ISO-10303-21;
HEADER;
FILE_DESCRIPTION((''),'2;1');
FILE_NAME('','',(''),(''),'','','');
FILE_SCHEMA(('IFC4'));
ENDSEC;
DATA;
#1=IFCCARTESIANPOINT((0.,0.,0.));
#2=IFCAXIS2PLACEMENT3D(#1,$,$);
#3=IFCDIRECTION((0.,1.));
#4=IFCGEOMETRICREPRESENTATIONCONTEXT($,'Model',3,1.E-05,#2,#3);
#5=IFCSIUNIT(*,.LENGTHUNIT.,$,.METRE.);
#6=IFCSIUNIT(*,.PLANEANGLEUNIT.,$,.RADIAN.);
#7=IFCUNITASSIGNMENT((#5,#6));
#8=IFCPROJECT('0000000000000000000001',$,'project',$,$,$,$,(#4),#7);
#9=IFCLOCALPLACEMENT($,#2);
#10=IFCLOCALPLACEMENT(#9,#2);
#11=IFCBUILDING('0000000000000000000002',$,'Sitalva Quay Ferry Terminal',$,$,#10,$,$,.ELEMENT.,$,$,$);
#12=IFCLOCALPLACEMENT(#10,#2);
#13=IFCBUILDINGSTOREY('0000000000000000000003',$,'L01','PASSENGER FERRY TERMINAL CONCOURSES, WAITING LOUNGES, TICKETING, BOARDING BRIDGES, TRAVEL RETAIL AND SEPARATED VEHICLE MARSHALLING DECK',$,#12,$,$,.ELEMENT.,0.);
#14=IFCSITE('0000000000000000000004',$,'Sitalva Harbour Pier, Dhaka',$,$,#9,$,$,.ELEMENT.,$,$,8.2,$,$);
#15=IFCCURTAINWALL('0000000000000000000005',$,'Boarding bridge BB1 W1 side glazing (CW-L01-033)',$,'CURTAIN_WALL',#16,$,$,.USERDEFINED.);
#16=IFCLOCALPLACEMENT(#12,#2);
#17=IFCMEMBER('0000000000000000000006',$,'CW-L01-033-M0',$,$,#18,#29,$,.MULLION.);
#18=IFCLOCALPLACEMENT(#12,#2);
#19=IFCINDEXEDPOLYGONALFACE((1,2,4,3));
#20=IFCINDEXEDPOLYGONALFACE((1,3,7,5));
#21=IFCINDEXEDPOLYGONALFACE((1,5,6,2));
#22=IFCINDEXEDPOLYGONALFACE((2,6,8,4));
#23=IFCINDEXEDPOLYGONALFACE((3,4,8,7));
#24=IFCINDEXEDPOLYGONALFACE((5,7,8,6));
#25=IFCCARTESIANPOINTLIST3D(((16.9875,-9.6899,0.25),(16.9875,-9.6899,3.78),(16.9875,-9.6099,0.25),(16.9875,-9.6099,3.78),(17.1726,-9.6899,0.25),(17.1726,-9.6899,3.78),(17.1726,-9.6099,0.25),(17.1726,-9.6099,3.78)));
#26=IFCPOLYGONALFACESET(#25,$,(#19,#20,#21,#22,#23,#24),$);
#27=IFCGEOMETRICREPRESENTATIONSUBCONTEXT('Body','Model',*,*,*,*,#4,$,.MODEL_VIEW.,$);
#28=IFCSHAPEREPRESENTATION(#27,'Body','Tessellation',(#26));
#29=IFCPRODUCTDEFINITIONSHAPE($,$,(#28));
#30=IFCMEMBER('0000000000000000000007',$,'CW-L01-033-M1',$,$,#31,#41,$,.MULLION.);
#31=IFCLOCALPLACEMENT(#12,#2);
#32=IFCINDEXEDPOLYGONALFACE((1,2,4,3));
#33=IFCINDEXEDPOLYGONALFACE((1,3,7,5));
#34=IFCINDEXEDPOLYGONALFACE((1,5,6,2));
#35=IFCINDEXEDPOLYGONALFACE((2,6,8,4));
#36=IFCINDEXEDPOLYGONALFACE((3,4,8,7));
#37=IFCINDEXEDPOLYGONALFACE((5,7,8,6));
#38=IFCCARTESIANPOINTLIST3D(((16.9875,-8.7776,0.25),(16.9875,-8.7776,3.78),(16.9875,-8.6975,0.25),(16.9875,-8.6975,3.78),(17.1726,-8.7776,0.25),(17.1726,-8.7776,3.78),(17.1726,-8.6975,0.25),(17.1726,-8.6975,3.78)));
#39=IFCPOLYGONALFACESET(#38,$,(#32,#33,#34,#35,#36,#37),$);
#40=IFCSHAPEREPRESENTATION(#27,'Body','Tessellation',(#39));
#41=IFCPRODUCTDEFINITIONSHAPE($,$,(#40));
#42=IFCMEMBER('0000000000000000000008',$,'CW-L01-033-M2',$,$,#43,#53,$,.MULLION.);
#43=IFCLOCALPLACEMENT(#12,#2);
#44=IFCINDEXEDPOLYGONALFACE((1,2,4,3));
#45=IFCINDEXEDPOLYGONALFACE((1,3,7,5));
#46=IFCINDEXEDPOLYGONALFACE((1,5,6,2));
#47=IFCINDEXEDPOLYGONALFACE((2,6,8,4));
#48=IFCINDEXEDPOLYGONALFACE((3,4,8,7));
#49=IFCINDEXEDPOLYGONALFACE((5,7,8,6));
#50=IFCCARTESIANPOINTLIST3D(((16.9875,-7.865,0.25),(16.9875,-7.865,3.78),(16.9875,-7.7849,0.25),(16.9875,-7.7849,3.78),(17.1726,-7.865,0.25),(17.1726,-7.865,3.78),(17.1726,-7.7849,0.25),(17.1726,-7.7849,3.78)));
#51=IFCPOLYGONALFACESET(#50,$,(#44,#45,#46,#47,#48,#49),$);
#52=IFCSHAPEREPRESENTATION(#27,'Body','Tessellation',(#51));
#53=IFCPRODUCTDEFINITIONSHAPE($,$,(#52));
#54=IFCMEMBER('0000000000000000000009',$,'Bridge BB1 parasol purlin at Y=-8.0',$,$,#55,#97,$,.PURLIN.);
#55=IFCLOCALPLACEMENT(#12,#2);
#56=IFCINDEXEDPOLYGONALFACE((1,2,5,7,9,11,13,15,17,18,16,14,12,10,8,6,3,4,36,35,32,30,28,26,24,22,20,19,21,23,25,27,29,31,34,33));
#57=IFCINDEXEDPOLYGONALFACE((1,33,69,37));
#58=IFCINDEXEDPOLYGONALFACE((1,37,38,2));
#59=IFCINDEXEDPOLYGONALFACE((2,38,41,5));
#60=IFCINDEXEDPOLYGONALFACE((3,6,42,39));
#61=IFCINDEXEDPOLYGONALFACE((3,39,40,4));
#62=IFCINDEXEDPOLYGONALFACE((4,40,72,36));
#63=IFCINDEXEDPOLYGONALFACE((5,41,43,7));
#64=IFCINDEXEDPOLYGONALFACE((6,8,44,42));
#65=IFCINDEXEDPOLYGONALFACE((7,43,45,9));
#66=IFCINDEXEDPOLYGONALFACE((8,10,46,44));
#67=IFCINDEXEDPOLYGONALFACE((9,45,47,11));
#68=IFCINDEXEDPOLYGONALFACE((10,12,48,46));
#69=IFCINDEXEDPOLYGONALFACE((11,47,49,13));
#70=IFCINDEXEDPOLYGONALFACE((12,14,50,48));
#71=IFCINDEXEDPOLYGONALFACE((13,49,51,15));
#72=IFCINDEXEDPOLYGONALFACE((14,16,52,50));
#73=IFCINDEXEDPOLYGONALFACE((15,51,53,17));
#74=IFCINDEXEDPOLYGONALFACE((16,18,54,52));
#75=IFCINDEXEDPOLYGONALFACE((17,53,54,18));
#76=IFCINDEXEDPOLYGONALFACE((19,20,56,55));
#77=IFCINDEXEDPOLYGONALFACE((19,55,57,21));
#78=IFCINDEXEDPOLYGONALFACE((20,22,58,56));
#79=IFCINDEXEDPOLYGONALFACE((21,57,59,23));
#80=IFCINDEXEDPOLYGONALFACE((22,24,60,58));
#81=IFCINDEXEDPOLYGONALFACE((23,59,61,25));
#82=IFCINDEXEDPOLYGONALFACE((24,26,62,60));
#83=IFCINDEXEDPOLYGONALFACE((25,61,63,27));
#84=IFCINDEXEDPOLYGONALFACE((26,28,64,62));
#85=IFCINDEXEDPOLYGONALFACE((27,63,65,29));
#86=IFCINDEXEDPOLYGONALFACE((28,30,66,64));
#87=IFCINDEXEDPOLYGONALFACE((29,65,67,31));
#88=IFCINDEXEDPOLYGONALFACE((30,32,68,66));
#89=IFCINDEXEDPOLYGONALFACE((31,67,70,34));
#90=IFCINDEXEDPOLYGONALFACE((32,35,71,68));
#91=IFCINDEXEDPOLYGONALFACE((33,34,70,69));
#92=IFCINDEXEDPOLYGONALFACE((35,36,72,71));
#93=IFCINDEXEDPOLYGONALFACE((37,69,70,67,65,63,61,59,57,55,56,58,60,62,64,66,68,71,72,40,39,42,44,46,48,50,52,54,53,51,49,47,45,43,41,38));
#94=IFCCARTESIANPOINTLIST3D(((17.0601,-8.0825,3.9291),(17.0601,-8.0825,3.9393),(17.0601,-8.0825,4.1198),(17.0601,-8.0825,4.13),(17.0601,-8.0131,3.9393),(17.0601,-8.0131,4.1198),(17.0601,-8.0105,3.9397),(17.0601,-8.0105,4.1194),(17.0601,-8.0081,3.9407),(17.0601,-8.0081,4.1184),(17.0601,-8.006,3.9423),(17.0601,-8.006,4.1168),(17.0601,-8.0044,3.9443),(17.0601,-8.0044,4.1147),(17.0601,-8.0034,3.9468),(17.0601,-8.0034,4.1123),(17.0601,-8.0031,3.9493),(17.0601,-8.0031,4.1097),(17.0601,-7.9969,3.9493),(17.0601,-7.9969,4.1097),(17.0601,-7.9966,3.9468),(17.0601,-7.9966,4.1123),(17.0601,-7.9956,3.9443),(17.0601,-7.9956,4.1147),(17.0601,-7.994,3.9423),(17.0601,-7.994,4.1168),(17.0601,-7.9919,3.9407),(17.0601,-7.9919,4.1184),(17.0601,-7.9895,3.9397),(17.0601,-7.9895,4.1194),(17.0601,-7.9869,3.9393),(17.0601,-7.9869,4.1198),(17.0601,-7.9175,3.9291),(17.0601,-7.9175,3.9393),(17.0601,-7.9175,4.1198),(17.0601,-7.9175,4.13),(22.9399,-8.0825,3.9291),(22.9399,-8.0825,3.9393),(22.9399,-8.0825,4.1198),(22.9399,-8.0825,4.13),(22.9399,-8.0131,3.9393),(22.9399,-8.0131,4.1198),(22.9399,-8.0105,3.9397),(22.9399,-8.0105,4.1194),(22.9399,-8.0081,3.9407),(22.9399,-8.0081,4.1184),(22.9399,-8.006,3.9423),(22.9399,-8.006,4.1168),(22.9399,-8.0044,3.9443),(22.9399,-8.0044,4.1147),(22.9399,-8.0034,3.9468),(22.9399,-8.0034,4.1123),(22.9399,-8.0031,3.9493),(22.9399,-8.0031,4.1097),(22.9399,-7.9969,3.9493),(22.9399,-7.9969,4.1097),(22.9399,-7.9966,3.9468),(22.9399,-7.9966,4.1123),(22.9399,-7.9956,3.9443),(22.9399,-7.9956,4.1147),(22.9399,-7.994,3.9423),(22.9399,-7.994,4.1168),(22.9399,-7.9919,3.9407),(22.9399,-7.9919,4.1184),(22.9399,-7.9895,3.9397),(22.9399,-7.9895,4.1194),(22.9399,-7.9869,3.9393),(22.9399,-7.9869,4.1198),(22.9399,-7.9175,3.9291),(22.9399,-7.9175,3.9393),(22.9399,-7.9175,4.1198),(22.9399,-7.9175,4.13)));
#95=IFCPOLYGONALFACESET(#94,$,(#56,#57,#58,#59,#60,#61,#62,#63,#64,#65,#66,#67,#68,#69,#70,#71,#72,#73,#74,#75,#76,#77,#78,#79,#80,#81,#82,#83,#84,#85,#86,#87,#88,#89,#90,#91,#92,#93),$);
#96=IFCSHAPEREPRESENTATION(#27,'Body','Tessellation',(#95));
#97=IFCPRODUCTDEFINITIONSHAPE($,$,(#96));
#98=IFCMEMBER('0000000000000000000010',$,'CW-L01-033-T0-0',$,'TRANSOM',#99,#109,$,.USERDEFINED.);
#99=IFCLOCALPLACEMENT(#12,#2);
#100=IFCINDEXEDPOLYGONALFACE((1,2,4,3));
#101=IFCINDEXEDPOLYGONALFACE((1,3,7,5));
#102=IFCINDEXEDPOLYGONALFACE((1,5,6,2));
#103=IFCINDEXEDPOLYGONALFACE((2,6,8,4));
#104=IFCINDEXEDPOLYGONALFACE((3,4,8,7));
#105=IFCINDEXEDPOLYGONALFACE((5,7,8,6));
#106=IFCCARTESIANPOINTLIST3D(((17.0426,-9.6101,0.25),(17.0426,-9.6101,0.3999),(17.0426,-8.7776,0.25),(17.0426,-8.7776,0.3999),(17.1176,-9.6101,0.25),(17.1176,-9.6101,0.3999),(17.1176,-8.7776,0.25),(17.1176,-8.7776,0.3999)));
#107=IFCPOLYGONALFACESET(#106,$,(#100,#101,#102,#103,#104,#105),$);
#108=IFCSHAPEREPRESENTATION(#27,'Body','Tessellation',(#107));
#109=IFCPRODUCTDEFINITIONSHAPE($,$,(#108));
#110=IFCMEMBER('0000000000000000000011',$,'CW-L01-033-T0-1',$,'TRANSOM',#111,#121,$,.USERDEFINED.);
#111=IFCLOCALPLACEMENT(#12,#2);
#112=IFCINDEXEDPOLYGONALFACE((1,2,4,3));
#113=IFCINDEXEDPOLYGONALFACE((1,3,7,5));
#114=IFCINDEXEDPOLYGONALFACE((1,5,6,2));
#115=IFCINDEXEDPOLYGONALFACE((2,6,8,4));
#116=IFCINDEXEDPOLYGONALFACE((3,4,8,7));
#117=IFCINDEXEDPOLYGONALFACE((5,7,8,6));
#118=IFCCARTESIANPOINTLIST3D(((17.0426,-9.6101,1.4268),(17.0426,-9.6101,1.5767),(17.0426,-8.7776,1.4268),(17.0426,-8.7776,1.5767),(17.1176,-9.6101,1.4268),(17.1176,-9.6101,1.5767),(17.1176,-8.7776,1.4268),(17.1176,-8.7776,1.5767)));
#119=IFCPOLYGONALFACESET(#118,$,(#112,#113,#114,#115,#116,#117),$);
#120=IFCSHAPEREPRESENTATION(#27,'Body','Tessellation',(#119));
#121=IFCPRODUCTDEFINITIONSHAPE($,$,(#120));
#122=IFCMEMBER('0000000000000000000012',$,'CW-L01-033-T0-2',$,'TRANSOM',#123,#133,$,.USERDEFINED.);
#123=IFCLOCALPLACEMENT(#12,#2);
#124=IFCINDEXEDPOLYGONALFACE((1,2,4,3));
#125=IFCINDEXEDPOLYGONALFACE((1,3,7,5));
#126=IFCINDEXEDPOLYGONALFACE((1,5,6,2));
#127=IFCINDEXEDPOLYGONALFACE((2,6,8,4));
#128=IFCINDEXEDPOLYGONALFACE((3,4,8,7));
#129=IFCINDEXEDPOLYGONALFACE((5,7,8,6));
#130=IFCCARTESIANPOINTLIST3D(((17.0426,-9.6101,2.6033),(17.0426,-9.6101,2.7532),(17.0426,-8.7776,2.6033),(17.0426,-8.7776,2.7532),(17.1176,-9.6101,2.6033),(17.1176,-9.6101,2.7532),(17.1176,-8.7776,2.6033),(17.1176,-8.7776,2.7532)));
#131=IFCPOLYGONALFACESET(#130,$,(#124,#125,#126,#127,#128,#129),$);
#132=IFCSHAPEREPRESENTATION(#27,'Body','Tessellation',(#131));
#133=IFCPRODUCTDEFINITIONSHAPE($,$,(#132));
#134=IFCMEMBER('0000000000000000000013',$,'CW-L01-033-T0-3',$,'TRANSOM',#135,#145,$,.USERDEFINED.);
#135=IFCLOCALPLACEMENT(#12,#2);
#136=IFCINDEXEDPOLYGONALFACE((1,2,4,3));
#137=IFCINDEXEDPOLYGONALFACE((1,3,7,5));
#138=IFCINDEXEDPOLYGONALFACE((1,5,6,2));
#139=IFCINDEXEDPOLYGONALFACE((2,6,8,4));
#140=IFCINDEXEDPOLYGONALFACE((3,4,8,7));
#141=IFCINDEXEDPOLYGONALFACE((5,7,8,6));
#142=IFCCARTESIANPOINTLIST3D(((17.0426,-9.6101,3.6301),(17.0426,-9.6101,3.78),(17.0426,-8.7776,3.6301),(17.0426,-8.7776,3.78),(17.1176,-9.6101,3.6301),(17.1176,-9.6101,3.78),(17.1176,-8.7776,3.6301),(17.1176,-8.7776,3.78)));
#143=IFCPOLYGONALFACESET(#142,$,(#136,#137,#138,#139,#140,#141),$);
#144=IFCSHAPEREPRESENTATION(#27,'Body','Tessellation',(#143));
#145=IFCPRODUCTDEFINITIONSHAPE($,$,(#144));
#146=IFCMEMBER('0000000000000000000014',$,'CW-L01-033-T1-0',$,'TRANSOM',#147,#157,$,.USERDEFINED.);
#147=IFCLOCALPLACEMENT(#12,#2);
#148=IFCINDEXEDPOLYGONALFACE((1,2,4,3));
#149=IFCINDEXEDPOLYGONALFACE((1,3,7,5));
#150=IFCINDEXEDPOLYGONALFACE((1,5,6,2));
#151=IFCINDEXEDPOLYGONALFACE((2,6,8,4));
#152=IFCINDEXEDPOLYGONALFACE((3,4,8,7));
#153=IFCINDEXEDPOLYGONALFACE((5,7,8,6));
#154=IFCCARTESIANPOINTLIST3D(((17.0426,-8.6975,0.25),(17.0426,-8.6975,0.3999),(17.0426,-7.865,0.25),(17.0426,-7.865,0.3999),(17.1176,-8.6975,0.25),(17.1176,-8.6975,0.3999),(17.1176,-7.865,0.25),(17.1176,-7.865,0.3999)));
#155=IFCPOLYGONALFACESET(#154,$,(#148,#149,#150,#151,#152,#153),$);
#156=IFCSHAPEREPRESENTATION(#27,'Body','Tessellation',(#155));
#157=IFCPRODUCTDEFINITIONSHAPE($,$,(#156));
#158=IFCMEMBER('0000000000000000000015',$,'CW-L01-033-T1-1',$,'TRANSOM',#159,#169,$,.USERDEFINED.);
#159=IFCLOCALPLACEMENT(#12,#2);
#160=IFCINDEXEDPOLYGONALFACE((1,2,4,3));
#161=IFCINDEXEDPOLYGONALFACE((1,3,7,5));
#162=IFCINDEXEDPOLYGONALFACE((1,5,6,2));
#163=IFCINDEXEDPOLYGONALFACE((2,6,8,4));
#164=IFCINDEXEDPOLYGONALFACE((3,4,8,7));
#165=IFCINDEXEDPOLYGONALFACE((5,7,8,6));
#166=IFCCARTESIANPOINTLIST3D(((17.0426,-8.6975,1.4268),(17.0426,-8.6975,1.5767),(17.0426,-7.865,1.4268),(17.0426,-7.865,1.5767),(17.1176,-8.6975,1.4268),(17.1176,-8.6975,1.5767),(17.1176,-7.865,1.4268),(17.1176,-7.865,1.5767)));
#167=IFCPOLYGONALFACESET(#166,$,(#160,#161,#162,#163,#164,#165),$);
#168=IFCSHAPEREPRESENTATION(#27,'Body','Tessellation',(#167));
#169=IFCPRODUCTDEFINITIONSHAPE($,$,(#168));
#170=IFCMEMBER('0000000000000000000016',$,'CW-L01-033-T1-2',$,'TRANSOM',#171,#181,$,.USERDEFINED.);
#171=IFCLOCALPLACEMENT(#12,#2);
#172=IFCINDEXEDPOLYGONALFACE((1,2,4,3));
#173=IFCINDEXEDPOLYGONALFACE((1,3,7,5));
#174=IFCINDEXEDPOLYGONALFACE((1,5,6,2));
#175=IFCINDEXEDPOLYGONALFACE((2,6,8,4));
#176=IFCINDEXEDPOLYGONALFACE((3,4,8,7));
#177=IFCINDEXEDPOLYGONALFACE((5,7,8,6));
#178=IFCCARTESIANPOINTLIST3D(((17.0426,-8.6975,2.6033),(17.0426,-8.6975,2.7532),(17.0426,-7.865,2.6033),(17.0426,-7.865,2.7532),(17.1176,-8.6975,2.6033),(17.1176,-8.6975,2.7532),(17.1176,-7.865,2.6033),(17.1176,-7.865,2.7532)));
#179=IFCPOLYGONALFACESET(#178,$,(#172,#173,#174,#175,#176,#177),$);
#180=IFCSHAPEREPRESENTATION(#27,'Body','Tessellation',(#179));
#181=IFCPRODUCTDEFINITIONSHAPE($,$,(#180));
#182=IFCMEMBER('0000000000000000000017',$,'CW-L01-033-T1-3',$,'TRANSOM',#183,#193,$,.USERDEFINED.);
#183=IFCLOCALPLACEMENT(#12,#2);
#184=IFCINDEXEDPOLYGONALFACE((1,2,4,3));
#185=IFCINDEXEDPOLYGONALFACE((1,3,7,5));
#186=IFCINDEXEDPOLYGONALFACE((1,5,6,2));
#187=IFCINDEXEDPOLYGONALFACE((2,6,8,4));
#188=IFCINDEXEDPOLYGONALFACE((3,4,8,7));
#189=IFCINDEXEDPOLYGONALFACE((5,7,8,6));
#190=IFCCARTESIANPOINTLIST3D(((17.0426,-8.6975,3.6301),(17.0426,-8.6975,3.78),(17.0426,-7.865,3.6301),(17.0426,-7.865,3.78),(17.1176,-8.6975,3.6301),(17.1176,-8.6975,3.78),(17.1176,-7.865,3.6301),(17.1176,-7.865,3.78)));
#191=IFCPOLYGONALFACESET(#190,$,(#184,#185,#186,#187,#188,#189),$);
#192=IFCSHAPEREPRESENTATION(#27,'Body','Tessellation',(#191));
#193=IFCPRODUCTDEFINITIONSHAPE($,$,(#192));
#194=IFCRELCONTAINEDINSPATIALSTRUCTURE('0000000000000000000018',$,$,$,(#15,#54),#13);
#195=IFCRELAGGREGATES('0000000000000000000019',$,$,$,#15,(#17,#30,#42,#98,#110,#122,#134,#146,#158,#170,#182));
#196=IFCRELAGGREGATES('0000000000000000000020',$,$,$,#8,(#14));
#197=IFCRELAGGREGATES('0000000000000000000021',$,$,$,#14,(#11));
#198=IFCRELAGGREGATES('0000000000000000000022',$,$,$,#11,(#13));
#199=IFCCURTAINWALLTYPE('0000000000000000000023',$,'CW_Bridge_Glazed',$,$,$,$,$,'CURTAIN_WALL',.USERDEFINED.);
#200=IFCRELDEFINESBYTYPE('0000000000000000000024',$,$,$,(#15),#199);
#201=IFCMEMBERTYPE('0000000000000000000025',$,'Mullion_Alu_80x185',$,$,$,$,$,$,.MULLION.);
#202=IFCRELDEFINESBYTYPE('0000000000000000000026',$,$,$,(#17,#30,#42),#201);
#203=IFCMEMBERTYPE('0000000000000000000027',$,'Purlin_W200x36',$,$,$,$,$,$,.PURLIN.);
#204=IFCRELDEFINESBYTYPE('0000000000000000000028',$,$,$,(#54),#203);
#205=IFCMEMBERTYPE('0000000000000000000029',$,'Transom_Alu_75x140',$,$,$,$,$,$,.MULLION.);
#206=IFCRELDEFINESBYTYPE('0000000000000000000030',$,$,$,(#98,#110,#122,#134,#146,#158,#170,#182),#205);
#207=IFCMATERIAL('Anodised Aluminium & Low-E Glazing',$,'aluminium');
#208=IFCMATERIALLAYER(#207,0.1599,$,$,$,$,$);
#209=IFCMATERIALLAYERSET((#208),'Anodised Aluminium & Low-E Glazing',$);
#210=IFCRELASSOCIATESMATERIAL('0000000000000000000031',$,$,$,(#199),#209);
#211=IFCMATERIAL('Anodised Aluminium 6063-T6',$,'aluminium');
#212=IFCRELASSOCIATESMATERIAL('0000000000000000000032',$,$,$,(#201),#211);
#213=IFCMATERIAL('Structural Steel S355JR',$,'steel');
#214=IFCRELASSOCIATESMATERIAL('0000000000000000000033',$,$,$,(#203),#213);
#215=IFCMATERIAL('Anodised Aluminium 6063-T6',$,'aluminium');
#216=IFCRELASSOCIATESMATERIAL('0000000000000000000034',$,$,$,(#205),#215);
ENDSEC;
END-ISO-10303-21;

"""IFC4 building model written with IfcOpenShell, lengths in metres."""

from ifc_helpers import new_model, si_unit, direction, frame, origin, origin_2d, place, context, subcontext, project, spatial, rectangle, i_section, extrude, material, layer, layer_set, material_profile, profile_set, type_object, element, aggregate, save


model = new_model("IFC4")

# Units and contexts
model_context = context("Model", 3, precision=1e-05, world=origin(), true_north=direction((0.0, 1.0)))
body_context = subcontext(model_context, "Body", "Model", "MODEL_VIEW")
ifc_project = project(units=[si_unit("LENGTHUNIT", "METRE"), si_unit("PLANEANGLEUNIT", "RADIAN")], contexts=[model_context])

# Site, building, storey
site_placement = place(None, origin())
site = spatial("IfcSite", under=ifc_project, at=site_placement, Name="Sitalva Harbour Pier, Dhaka", CompositionType="ELEMENT", RefElevation=8.2)
building_placement = place(site_placement, origin())
building = spatial("IfcBuilding", under=site, at=building_placement, Name="Sitalva Quay Ferry Terminal", CompositionType="ELEMENT")
storey_placement = place(building_placement, origin())
storey = spatial("IfcBuildingStorey", under=building, at=storey_placement, Name="L01", Description="PASSENGER FERRY TERMINAL CONCOURSES, WAITING LOUNGES, TICKETING, BOARDING BRIDGES, TRAVEL RETAIL AND SEPARATED VEHICLE MARSHALLING DECK", CompositionType="ELEMENT", Elevation=0.0)

# Curtain wall, members
ifc_material_1 = material(Name="Anodised Aluminium & Low-E Glazing", Category="aluminium")
ifc_layer_1 = layer(ifc_material_1, 0.1599)
ifc_layer_set_1 = layer_set([ifc_layer_1], Name="Anodised Aluminium & Low-E Glazing")
curtain_wall_type = type_object("IfcCurtainWallType", Name="CW_Bridge_Glazed", ElementType="CURTAIN_WALL", PredefinedType="USERDEFINED", material=ifc_layer_set_1)
curtain_wall_placement = place(storey_placement, origin())
curtain_wall = element("IfcCurtainWall", 1, at=curtain_wall_placement, inside=storey, type_object=curtain_wall_type, Name="Boarding bridge BB1 W1 side glazing (CW-L01-033)", ObjectType="CURTAIN_WALL", PredefinedType="USERDEFINED")
ifc_material_2 = material(Name="Anodised Aluminium 6063-T6", Category="aluminium")
ifc_material_profile_1 = material_profile(ifc_material_2, rectangle(XDim=0.0801, YDim=0.1851, at=origin_2d()), Name="ALU80x185")
ifc_profile_set_1 = profile_set([ifc_material_profile_1], Name="Anodised Aluminium 6063-T6")
member_type_1 = type_object("IfcMemberType", Name="Mullion_Alu_80x185", PredefinedType="MULLION", material=ifc_profile_set_1)
member_1_placement = place(storey_placement, frame((17.0801, -9.6499, 0.25), z_axis=(0.0, 0.0, 1.0), x_axis=(0.0, 1.0, 0.0)))
member_1 = element("IfcMember", 2, at=member_1_placement, type_object=member_type_1, Name="CW-L01-033-M0", PredefinedType="MULLION", context=body_context, shape_type="SweptSolid", body=[
    extrude(rectangle(XDim=0.0801, YDim=0.1851, at=origin_2d()), origin(), (0.0, 0.0, 1.0), 3.53),
])
member_2_placement = place(storey_placement, frame((17.0801, -8.7375, 0.25), z_axis=(0.0, 0.0, 1.0), x_axis=(0.0, 1.0, 0.0)))
member_2 = element("IfcMember", 3, at=member_2_placement, type_object=member_type_1, Name="CW-L01-033-M1", PredefinedType="MULLION", context=body_context, shape_type="SweptSolid", body=[
    extrude(rectangle(XDim=0.0801, YDim=0.1851, at=origin_2d()), origin(), (0.0, 0.0, 1.0), 3.53),
])
member_3_placement = place(storey_placement, frame((17.0801, -7.825, 0.25), z_axis=(0.0, 0.0, 1.0), x_axis=(0.0, 1.0, 0.0)))
member_3 = element("IfcMember", 4, at=member_3_placement, type_object=member_type_1, Name="CW-L01-033-M2", PredefinedType="MULLION", context=body_context, shape_type="SweptSolid", body=[
    extrude(rectangle(XDim=0.0801, YDim=0.1851, at=origin_2d()), origin(), (0.0, 0.0, 1.0), 3.53),
])

# Members
ifc_material_3 = material(Name="Structural Steel S355JR", Category="steel")
ifc_material_profile_2 = material_profile(ifc_material_3, i_section(OverallWidth=0.165, OverallDepth=0.2009, WebThickness=0.0061, FlangeThickness=0.0103, FilletRadius=0.01, at=origin_2d()), Name="W200x36")
ifc_profile_set_2 = profile_set([ifc_material_profile_2], Name="Structural Steel S355JR")
member_type_2 = type_object("IfcMemberType", Name="Purlin_W200x36", PredefinedType="PURLIN", material=ifc_profile_set_2)
member_4_placement = place(storey_placement, frame((17.0601, -8.0, 4.0295), z_axis=(1.0, 0.0, 0.0), x_axis=(0.0, 1.0, 0.0)))
element("IfcMember", 5, at=member_4_placement, inside=storey, type_object=member_type_2, Name="Bridge BB1 parasol purlin at Y=-8.0", PredefinedType="PURLIN", context=body_context, shape_type="SweptSolid", body=[
    extrude(i_section(OverallWidth=0.165, OverallDepth=0.2009, WebThickness=0.0061, FlangeThickness=0.0103, FilletRadius=0.01, at=origin_2d()), origin(), (0.0, 0.0, 1.0), 5.8799),
])
ifc_material_4 = material(Name="Anodised Aluminium 6063-T6", Category="aluminium")
ifc_material_profile_3 = material_profile(ifc_material_4, rectangle(XDim=0.075, YDim=0.1499, at=origin_2d()), Name="ALU75x150")
ifc_profile_set_3 = profile_set([ifc_material_profile_3], Name="Anodised Aluminium 6063-T6")
member_type_3 = type_object("IfcMemberType", Name="Transom_Alu_75x140", PredefinedType="MULLION", material=ifc_profile_set_3)
member_5_placement = place(storey_placement, frame((17.0801, -9.6101, 0.325), z_axis=(0.0, 1.0, 0.0), x_axis=(-1.0, 0.0, 0.0)))
member_5 = element("IfcMember", 6, at=member_5_placement, type_object=member_type_3, Name="CW-L01-033-T0-0", ObjectType="TRANSOM", PredefinedType="USERDEFINED", context=body_context, shape_type="SweptSolid", body=[
    extrude(rectangle(XDim=0.075, YDim=0.1499, at=origin_2d()), origin(), (0.0, 0.0, 1.0), 0.8325),
])
member_6_placement = place(storey_placement, frame((17.0801, -9.6101, 1.5017), z_axis=(0.0, 1.0, 0.0), x_axis=(-1.0, 0.0, 0.0)))
member_6 = element("IfcMember", 7, at=member_6_placement, type_object=member_type_3, Name="CW-L01-033-T0-1", ObjectType="TRANSOM", PredefinedType="USERDEFINED", context=body_context, shape_type="SweptSolid", body=[
    extrude(rectangle(XDim=0.075, YDim=0.1499, at=origin_2d()), origin(), (0.0, 0.0, 1.0), 0.8325),
])
member_7_placement = place(storey_placement, frame((17.0801, -9.6101, 2.6782), z_axis=(0.0, 1.0, 0.0), x_axis=(-1.0, 0.0, 0.0)))
member_7 = element("IfcMember", 8, at=member_7_placement, type_object=member_type_3, Name="CW-L01-033-T0-2", ObjectType="TRANSOM", PredefinedType="USERDEFINED", context=body_context, shape_type="SweptSolid", body=[
    extrude(rectangle(XDim=0.075, YDim=0.1499, at=origin_2d()), origin(), (0.0, 0.0, 1.0), 0.8325),
])
member_8_placement = place(storey_placement, frame((17.0801, -9.6101, 3.7051), z_axis=(0.0, 1.0, 0.0), x_axis=(-1.0, 0.0, 0.0)))
member_8 = element("IfcMember", 9, at=member_8_placement, type_object=member_type_3, Name="CW-L01-033-T0-3", ObjectType="TRANSOM", PredefinedType="USERDEFINED", context=body_context, shape_type="SweptSolid", body=[
    extrude(rectangle(XDim=0.075, YDim=0.1499, at=origin_2d()), origin(), (0.0, 0.0, 1.0), 0.8325),
])
member_9_placement = place(storey_placement, frame((17.0801, -8.6975, 0.325), z_axis=(0.0, 1.0, 0.0), x_axis=(-1.0, 0.0, 0.0)))
member_9 = element("IfcMember", 10, at=member_9_placement, type_object=member_type_3, Name="CW-L01-033-T1-0", ObjectType="TRANSOM", PredefinedType="USERDEFINED", context=body_context, shape_type="SweptSolid", body=[
    extrude(rectangle(XDim=0.075, YDim=0.1499, at=origin_2d()), origin(), (0.0, 0.0, 1.0), 0.8325),
])
member_10_placement = place(storey_placement, frame((17.0801, -8.6975, 1.5017), z_axis=(0.0, 1.0, 0.0), x_axis=(-1.0, 0.0, 0.0)))
member_10 = element("IfcMember", 11, at=member_10_placement, type_object=member_type_3, Name="CW-L01-033-T1-1", ObjectType="TRANSOM", PredefinedType="USERDEFINED", context=body_context, shape_type="SweptSolid", body=[
    extrude(rectangle(XDim=0.075, YDim=0.1499, at=origin_2d()), origin(), (0.0, 0.0, 1.0), 0.8325),
])
member_11_placement = place(storey_placement, frame((17.0801, -8.6975, 2.6782), z_axis=(0.0, 1.0, 0.0), x_axis=(-1.0, 0.0, 0.0)))
member_11 = element("IfcMember", 12, at=member_11_placement, type_object=member_type_3, Name="CW-L01-033-T1-2", ObjectType="TRANSOM", PredefinedType="USERDEFINED", context=body_context, shape_type="SweptSolid", body=[
    extrude(rectangle(XDim=0.075, YDim=0.1499, at=origin_2d()), origin(), (0.0, 0.0, 1.0), 0.8325),
])
member_12_placement = place(storey_placement, frame((17.0801, -8.6975, 3.7051), z_axis=(0.0, 1.0, 0.0), x_axis=(-1.0, 0.0, 0.0)))
member_12 = element("IfcMember", 13, at=member_12_placement, type_object=member_type_3, Name="CW-L01-033-T1-3", ObjectType="TRANSOM", PredefinedType="USERDEFINED", context=body_context, shape_type="SweptSolid", body=[
    extrude(rectangle(XDim=0.075, YDim=0.1499, at=origin_2d()), origin(), (0.0, 0.0, 1.0), 0.8325),
])

aggregate(curtain_wall, [member_1, member_2, member_3, member_5, member_6, member_7, member_8, member_9, member_10, member_11, member_12])

save(model, "model.ifc")
